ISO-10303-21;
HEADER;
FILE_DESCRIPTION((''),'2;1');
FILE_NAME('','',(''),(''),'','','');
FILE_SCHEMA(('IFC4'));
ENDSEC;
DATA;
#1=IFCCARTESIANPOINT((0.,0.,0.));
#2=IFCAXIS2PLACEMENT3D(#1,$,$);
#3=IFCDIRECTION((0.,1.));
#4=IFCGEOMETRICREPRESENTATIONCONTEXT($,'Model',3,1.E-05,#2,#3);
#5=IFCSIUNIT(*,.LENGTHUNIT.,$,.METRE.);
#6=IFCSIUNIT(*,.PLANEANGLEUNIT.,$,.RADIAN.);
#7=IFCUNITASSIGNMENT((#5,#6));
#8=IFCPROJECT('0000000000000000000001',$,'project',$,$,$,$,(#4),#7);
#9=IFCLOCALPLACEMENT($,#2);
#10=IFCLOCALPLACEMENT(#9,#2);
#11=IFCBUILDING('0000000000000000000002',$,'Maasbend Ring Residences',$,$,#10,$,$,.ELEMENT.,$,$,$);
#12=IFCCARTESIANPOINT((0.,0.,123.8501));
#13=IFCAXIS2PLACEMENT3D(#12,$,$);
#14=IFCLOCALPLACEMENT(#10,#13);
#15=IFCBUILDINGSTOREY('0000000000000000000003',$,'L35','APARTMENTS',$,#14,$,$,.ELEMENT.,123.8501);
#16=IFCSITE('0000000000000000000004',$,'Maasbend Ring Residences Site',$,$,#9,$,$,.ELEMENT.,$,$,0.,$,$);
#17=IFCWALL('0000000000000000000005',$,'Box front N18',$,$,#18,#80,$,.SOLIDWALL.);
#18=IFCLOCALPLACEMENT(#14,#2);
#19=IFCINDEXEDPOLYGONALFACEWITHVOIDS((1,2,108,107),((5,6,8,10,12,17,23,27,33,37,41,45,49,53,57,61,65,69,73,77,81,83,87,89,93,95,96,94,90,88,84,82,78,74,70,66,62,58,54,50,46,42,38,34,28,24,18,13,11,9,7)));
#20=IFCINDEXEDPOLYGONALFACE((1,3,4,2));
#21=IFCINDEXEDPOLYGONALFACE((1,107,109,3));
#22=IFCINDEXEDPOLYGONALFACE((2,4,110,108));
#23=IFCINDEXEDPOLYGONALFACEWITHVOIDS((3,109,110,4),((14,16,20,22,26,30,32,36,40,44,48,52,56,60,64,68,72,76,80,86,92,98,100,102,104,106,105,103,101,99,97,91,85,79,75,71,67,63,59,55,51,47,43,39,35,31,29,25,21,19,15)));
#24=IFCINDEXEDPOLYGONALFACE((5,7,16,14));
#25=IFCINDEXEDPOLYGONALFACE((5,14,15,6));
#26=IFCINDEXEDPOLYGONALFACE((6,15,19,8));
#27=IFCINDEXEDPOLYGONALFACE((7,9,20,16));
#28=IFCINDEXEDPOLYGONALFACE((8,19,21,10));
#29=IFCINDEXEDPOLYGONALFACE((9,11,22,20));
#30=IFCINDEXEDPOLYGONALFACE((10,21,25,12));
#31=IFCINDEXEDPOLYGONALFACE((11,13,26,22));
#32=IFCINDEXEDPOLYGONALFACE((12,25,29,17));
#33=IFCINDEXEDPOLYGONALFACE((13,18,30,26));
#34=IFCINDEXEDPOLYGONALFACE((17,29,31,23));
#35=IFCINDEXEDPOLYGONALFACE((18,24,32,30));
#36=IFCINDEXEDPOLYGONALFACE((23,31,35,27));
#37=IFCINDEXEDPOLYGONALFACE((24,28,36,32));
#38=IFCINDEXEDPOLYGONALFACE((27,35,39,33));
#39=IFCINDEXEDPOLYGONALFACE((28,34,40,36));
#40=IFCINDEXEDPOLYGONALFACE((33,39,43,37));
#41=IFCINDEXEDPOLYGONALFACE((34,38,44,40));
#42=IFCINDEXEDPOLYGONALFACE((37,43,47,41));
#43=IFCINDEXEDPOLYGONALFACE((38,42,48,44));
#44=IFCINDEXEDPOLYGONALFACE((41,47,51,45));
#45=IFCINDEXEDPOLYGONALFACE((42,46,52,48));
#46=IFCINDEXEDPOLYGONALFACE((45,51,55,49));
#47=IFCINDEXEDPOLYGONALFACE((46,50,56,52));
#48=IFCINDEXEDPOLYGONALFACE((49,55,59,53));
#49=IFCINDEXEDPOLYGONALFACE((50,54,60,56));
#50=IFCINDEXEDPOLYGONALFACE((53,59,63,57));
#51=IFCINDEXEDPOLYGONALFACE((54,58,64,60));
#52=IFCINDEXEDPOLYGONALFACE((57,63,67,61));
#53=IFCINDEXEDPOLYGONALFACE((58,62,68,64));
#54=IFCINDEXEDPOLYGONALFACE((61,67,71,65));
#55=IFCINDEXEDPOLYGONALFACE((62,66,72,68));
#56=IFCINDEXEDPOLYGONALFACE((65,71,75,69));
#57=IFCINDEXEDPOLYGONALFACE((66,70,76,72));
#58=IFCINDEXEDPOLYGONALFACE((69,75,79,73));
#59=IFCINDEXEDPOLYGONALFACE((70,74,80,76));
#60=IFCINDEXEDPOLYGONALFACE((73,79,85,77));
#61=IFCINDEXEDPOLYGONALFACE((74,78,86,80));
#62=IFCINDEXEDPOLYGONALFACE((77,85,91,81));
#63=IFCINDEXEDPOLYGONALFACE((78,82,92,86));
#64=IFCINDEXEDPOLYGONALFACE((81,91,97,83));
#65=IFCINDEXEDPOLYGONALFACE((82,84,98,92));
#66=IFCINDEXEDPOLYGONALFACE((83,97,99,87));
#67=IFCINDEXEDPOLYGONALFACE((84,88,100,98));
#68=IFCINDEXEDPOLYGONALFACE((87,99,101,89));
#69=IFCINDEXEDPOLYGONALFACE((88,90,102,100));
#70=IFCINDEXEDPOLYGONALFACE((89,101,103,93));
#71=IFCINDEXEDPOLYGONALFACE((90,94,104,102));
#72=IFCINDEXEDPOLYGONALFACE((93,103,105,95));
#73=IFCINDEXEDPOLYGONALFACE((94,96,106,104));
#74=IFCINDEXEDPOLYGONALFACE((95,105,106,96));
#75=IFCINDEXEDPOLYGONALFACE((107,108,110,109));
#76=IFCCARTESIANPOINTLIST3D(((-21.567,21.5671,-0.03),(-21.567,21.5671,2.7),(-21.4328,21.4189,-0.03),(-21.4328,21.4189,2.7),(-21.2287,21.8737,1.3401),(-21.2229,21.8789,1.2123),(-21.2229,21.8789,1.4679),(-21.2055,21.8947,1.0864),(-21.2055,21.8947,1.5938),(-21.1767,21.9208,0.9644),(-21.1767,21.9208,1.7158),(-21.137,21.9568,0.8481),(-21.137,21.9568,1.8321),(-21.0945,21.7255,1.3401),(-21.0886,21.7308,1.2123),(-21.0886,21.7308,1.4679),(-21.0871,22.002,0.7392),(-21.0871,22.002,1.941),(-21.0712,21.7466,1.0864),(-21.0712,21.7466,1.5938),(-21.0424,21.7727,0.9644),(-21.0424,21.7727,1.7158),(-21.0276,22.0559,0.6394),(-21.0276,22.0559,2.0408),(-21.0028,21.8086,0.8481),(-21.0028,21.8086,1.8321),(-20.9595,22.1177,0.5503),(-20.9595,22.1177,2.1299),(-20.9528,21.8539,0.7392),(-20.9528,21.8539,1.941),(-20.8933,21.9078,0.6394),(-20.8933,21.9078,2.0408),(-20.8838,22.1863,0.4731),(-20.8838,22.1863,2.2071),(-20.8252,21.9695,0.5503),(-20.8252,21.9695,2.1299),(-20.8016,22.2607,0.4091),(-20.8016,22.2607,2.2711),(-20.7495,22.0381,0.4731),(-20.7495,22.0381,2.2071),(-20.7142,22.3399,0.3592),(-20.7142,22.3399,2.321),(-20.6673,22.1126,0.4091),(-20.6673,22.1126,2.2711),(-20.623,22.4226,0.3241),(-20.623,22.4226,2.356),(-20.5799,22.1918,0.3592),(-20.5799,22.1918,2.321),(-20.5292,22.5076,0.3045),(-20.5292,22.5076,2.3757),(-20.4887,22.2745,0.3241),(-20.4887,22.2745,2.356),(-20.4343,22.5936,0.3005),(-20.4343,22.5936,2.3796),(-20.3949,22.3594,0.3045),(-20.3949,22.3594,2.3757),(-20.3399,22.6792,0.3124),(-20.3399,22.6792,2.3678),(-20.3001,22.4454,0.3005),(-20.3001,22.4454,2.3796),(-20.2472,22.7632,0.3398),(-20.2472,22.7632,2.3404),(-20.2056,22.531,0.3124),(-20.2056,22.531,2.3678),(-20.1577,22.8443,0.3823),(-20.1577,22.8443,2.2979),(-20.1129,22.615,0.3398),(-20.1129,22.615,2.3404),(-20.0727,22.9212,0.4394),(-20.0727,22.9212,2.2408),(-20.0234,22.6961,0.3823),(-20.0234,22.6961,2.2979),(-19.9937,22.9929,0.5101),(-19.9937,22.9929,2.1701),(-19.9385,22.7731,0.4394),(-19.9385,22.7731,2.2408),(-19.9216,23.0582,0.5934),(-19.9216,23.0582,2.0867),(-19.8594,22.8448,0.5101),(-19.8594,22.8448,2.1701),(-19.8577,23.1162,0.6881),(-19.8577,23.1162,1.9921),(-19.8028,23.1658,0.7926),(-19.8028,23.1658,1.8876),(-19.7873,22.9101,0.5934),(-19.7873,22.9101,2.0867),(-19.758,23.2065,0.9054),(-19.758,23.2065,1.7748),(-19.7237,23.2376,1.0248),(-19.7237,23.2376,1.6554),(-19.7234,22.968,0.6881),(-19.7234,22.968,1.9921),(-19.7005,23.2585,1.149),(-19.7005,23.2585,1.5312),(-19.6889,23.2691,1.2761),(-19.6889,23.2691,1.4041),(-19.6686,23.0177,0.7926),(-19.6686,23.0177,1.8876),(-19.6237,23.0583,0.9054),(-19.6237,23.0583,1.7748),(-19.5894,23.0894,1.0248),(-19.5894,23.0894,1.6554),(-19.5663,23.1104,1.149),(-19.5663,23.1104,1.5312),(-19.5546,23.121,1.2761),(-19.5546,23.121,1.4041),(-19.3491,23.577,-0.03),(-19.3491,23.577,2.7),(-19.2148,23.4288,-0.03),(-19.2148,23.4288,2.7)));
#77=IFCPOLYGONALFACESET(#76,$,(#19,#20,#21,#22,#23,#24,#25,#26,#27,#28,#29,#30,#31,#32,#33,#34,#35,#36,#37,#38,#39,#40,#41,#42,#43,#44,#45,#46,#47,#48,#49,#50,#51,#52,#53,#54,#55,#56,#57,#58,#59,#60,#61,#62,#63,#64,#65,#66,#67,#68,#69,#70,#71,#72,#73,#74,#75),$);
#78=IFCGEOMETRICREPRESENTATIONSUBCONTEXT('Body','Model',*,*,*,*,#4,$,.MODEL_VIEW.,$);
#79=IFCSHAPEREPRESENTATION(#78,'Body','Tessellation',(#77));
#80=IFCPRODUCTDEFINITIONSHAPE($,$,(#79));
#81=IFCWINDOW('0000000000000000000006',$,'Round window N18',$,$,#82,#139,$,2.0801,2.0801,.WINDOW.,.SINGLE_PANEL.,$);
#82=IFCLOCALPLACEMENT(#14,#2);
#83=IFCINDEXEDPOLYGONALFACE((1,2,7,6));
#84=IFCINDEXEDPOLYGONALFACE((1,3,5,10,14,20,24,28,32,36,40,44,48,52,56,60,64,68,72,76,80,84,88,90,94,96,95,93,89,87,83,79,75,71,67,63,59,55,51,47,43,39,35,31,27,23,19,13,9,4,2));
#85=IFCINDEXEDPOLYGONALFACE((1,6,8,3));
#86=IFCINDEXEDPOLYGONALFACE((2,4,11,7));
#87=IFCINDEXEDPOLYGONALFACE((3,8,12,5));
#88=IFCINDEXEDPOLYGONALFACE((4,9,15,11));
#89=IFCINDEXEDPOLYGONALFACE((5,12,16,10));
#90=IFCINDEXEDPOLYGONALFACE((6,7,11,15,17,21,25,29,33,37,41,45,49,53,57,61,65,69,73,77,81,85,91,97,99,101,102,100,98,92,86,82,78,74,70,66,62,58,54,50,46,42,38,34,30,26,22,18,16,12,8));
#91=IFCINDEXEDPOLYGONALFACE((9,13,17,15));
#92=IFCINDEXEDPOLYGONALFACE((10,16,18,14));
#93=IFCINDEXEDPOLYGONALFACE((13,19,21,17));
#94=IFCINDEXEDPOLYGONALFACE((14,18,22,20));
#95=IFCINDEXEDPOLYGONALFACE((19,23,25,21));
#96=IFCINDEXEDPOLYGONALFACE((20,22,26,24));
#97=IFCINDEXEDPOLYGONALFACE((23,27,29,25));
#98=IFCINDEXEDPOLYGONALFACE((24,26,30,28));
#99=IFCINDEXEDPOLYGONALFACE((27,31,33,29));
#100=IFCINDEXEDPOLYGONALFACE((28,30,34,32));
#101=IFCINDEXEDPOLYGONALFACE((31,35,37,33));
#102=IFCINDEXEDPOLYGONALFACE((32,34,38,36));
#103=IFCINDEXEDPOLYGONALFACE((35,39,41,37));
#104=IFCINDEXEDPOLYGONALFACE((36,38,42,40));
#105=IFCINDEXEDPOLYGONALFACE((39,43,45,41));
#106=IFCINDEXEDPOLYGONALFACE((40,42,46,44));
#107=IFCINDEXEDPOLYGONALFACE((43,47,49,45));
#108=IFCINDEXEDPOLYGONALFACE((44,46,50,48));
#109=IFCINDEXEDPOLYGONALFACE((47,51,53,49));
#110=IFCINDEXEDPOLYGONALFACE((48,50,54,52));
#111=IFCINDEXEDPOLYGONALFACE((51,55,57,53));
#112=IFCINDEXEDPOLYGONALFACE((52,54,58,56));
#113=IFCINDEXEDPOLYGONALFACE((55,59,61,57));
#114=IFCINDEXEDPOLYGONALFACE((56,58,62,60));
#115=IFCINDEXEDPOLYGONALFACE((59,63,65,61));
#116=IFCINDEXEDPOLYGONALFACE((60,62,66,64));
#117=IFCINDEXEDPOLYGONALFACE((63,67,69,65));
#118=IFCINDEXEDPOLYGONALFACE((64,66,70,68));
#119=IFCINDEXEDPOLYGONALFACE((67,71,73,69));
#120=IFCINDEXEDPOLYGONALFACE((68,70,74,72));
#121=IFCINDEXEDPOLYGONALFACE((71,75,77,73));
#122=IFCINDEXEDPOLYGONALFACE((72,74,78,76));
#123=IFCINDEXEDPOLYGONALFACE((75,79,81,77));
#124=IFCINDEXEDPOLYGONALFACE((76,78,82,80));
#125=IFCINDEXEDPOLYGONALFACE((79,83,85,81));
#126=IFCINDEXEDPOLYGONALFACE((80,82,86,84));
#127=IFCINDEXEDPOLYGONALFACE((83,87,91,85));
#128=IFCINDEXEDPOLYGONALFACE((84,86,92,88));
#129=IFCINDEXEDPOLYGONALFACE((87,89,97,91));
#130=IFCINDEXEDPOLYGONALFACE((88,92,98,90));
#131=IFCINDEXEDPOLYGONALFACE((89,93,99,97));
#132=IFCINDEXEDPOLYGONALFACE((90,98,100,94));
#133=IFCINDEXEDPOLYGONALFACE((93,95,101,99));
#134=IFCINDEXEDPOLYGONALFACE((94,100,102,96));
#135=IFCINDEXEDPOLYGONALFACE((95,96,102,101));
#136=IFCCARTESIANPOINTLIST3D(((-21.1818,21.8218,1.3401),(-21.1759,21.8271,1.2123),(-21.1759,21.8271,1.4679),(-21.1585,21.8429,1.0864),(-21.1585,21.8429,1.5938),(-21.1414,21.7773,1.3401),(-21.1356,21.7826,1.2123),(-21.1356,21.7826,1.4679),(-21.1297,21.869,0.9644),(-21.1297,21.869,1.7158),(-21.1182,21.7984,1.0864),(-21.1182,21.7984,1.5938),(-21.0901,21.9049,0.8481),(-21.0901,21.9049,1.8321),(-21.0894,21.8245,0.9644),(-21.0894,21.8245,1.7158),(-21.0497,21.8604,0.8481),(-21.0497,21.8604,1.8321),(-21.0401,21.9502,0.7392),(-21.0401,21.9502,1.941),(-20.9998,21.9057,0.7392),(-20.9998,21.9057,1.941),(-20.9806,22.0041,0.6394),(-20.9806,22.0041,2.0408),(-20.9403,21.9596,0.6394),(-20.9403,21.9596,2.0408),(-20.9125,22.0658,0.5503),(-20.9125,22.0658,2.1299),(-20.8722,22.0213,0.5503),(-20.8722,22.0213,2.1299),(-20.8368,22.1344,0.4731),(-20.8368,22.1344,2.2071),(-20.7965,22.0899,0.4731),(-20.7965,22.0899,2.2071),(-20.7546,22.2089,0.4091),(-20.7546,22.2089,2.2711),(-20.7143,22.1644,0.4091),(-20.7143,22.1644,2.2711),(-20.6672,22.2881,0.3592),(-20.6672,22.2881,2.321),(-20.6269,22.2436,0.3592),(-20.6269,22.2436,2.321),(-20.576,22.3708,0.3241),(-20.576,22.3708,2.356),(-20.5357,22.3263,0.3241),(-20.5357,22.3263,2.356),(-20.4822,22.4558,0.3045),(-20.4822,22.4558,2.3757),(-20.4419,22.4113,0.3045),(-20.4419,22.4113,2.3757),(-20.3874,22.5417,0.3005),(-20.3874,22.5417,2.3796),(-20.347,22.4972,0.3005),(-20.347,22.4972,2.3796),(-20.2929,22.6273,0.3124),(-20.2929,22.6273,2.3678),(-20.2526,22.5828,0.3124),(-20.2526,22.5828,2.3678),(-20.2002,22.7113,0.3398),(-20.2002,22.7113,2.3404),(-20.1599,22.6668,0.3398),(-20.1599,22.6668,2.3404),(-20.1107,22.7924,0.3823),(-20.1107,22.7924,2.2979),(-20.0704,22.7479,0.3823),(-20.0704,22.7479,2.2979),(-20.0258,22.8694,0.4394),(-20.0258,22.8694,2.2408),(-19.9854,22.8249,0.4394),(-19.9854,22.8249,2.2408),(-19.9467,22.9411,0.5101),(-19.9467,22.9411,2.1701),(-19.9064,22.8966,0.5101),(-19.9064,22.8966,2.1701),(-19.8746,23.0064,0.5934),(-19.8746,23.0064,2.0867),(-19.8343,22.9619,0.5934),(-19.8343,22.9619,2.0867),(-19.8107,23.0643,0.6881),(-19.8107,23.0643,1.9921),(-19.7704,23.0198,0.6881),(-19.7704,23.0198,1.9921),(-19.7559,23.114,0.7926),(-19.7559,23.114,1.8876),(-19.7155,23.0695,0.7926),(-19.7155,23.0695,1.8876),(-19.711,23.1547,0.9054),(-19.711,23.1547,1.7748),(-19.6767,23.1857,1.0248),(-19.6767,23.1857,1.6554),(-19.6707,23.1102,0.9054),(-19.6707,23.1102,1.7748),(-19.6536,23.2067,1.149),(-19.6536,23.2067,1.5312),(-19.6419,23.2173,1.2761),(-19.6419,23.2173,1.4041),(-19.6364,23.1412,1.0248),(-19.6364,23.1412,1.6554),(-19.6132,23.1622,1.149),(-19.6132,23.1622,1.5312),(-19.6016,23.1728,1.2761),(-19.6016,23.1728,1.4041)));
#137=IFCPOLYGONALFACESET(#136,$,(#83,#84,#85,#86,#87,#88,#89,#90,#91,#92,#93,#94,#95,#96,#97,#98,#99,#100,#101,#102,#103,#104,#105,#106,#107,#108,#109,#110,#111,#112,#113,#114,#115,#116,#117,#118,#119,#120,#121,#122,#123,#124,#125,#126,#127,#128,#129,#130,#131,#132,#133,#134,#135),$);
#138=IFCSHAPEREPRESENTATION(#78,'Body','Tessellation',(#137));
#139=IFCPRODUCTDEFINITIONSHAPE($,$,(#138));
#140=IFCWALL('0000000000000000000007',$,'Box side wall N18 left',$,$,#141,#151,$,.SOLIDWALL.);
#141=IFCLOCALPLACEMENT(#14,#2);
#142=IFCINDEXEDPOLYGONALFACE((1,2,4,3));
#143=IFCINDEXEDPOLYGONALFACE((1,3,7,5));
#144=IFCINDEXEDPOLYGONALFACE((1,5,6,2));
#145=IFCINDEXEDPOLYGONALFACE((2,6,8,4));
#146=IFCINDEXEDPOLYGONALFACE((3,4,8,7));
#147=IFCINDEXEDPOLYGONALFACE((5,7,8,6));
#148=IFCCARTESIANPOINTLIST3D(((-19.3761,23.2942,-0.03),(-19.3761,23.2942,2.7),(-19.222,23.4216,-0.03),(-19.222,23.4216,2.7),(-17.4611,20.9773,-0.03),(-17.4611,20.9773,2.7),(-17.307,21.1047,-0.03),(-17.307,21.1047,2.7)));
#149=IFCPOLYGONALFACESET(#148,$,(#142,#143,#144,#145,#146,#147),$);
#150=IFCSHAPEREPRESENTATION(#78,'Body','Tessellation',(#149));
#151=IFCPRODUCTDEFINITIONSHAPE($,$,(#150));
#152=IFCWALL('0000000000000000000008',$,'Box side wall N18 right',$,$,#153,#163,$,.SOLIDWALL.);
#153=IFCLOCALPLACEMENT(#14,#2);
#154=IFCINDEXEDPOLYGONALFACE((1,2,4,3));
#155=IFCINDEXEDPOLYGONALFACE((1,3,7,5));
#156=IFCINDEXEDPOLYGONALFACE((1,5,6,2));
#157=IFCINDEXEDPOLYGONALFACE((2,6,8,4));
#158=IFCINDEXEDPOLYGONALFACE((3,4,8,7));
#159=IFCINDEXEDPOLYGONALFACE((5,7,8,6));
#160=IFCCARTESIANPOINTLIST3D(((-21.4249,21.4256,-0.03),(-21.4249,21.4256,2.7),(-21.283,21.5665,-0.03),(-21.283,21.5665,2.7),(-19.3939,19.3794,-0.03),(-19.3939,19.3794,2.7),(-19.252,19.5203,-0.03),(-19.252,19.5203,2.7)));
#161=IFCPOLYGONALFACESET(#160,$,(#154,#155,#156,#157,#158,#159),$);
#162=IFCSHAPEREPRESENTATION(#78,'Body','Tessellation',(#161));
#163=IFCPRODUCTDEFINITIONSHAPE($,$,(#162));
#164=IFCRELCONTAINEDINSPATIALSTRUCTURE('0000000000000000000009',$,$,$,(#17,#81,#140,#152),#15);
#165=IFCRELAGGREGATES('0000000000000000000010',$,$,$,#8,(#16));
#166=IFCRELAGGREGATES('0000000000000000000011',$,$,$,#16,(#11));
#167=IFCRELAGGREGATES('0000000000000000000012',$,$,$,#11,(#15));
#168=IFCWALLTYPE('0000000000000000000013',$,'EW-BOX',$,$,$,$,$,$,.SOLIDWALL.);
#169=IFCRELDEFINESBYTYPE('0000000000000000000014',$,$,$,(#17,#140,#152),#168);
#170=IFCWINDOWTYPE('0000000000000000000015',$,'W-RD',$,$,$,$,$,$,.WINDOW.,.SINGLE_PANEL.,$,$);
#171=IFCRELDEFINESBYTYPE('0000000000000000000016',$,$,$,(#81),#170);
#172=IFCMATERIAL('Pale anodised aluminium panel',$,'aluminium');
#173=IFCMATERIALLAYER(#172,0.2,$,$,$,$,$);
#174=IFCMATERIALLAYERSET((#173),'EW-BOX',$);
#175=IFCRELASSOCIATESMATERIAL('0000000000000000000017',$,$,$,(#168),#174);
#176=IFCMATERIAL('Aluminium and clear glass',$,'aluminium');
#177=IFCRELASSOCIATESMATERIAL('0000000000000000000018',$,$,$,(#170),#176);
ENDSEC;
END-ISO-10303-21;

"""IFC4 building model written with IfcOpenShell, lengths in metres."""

from ifc_helpers import new_model, si_unit, direction, frame, frame_2d, origin, place, context, subcontext, project, spatial, rectangle, circle, extrude, material, layer, layer_set, type_object, element, fill, save


model = new_model("IFC4")

# Units and contexts
model_context = context("Model", 3, precision=1e-05, world=origin(), true_north=direction((0.0, 1.0)))
body_context = subcontext(model_context, "Body", "Model", "MODEL_VIEW")
ifc_project = project(units=[si_unit("LENGTHUNIT", "METRE"), si_unit("PLANEANGLEUNIT", "RADIAN")], contexts=[model_context])

# Site, building, storey
site_placement = place(None, origin())
site = spatial("IfcSite", under=ifc_project, at=site_placement, Name="Maasbend Ring Residences Site", CompositionType="ELEMENT", RefElevation=0.0)
building_placement = place(site_placement, origin())
building = spatial("IfcBuilding", under=site, at=building_placement, Name="Maasbend Ring Residences", CompositionType="ELEMENT")
storey_placement = place(building_placement, frame((0.0, 0.0, 123.8501)))
storey = spatial("IfcBuildingStorey", under=building, at=storey_placement, Name="L35", Description="APARTMENTS", CompositionType="ELEMENT", Elevation=123.8501)

# Shared definitions
ifc_material_1 = material(Name="Pale anodised aluminium panel", Category="aluminium")
ifc_layer_1 = layer(ifc_material_1, 0.2)
ifc_layer_set_1 = layer_set([ifc_layer_1], Name="EW-BOX")
wall_type_1 = type_object("IfcWallType", Name="EW-BOX", PredefinedType="SOLIDWALL", material=ifc_layer_set_1)
ifc_material_2 = material(Name="Aluminium and clear glass", Category="aluminium")
window_type_1 = type_object("IfcWindowType", Name="W-RD", PartitioningType="SINGLE_PANEL", PredefinedType="WINDOW", material=ifc_material_2)

# Wall, opening, window
wall_1_placement = place(storey_placement, frame((-19.282, 23.5029, -0.03), z_axis=(0.0, 0.0, 1.0), x_axis=(-0.740998, -0.671507, 0.0)))
wall_1 = element("IfcWall", 1, at=wall_1_placement, inside=storey, type_object=wall_type_1, Name="Box front N18", PredefinedType="SOLIDWALL", context=body_context, shape_type="SweptSolid", body=[
    extrude(rectangle(XDim=2.9932, YDim=0.2, at=frame_2d((1.4966, 0.0))), origin(), (0.0, 0.0, 1.0), 2.73),
])
opening_1_placement = place(wall_1_placement, frame((0.4565, 0.0, 0.3301)))
opening_1 = element("IfcOpeningElement", 2, at=opening_1_placement, cuts=wall_1, PredefinedType="OPENING", context=body_context, shape_type="SweptSolid", body=[
    extrude(circle(Radius=1.04, at=frame_2d((1.04, 1.04))), frame((0.0, 0.1099, 0.0), z_axis=(0.0, -1.0, 0.0), x_axis=(1.0, 0.0, 0.0)), (0.0, 0.0, 1.0), 0.22),
])
window_1_placement = place(opening_1_placement, origin())
window_1 = element("IfcWindow", 3, at=window_1_placement, inside=storey, type_object=window_type_1, Name="Round window N18", OverallHeight=2.0801, OverallWidth=2.0801, PartitioningType="SINGLE_PANEL", PredefinedType="WINDOW", context=body_context, shape_type="SweptSolid", body=[
    extrude(circle(Radius=1.04, at=frame_2d((1.04, 1.04))), frame((0.0, 0.03, 0.0), z_axis=(0.0, -1.0, 0.0), x_axis=(1.0, 0.0, 0.0)), (0.0, 0.0, 1.0), 0.0601),
])
fill(opening_1, window_1)

# Walls
wall_2_placement = place(storey_placement, frame((-17.384, 21.041, -0.03), z_axis=(0.0, 0.0, 1.0), x_axis=(-0.637096, 0.770785, 0.0)))
element("IfcWall", 4, at=wall_2_placement, inside=storey, type_object=wall_type_1, Name="Box side wall N18 left", PredefinedType="SOLIDWALL", context=body_context, shape_type="SweptSolid", body=[
    extrude(rectangle(XDim=3.0059, YDim=0.2, at=frame_2d((1.5029, 0.0))), origin(), (0.0, 0.0, 1.0), 2.73),
])
wall_3_placement = place(storey_placement, frame((-19.323, 19.45, -0.03), z_axis=(0.0, 0.0, 1.0), x_axis=(-0.704477, 0.709727, 0.0)))
element("IfcWall", 5, at=wall_3_placement, inside=storey, type_object=wall_type_1, Name="Box side wall N18 right", PredefinedType="SOLIDWALL", context=body_context, shape_type="SweptSolid", body=[
    extrude(rectangle(XDim=2.8831, YDim=0.2, at=frame_2d((1.4414, 0.0))), origin(), (0.0, 0.0, 1.0), 2.73),
])

save(model, "model.ifc")
